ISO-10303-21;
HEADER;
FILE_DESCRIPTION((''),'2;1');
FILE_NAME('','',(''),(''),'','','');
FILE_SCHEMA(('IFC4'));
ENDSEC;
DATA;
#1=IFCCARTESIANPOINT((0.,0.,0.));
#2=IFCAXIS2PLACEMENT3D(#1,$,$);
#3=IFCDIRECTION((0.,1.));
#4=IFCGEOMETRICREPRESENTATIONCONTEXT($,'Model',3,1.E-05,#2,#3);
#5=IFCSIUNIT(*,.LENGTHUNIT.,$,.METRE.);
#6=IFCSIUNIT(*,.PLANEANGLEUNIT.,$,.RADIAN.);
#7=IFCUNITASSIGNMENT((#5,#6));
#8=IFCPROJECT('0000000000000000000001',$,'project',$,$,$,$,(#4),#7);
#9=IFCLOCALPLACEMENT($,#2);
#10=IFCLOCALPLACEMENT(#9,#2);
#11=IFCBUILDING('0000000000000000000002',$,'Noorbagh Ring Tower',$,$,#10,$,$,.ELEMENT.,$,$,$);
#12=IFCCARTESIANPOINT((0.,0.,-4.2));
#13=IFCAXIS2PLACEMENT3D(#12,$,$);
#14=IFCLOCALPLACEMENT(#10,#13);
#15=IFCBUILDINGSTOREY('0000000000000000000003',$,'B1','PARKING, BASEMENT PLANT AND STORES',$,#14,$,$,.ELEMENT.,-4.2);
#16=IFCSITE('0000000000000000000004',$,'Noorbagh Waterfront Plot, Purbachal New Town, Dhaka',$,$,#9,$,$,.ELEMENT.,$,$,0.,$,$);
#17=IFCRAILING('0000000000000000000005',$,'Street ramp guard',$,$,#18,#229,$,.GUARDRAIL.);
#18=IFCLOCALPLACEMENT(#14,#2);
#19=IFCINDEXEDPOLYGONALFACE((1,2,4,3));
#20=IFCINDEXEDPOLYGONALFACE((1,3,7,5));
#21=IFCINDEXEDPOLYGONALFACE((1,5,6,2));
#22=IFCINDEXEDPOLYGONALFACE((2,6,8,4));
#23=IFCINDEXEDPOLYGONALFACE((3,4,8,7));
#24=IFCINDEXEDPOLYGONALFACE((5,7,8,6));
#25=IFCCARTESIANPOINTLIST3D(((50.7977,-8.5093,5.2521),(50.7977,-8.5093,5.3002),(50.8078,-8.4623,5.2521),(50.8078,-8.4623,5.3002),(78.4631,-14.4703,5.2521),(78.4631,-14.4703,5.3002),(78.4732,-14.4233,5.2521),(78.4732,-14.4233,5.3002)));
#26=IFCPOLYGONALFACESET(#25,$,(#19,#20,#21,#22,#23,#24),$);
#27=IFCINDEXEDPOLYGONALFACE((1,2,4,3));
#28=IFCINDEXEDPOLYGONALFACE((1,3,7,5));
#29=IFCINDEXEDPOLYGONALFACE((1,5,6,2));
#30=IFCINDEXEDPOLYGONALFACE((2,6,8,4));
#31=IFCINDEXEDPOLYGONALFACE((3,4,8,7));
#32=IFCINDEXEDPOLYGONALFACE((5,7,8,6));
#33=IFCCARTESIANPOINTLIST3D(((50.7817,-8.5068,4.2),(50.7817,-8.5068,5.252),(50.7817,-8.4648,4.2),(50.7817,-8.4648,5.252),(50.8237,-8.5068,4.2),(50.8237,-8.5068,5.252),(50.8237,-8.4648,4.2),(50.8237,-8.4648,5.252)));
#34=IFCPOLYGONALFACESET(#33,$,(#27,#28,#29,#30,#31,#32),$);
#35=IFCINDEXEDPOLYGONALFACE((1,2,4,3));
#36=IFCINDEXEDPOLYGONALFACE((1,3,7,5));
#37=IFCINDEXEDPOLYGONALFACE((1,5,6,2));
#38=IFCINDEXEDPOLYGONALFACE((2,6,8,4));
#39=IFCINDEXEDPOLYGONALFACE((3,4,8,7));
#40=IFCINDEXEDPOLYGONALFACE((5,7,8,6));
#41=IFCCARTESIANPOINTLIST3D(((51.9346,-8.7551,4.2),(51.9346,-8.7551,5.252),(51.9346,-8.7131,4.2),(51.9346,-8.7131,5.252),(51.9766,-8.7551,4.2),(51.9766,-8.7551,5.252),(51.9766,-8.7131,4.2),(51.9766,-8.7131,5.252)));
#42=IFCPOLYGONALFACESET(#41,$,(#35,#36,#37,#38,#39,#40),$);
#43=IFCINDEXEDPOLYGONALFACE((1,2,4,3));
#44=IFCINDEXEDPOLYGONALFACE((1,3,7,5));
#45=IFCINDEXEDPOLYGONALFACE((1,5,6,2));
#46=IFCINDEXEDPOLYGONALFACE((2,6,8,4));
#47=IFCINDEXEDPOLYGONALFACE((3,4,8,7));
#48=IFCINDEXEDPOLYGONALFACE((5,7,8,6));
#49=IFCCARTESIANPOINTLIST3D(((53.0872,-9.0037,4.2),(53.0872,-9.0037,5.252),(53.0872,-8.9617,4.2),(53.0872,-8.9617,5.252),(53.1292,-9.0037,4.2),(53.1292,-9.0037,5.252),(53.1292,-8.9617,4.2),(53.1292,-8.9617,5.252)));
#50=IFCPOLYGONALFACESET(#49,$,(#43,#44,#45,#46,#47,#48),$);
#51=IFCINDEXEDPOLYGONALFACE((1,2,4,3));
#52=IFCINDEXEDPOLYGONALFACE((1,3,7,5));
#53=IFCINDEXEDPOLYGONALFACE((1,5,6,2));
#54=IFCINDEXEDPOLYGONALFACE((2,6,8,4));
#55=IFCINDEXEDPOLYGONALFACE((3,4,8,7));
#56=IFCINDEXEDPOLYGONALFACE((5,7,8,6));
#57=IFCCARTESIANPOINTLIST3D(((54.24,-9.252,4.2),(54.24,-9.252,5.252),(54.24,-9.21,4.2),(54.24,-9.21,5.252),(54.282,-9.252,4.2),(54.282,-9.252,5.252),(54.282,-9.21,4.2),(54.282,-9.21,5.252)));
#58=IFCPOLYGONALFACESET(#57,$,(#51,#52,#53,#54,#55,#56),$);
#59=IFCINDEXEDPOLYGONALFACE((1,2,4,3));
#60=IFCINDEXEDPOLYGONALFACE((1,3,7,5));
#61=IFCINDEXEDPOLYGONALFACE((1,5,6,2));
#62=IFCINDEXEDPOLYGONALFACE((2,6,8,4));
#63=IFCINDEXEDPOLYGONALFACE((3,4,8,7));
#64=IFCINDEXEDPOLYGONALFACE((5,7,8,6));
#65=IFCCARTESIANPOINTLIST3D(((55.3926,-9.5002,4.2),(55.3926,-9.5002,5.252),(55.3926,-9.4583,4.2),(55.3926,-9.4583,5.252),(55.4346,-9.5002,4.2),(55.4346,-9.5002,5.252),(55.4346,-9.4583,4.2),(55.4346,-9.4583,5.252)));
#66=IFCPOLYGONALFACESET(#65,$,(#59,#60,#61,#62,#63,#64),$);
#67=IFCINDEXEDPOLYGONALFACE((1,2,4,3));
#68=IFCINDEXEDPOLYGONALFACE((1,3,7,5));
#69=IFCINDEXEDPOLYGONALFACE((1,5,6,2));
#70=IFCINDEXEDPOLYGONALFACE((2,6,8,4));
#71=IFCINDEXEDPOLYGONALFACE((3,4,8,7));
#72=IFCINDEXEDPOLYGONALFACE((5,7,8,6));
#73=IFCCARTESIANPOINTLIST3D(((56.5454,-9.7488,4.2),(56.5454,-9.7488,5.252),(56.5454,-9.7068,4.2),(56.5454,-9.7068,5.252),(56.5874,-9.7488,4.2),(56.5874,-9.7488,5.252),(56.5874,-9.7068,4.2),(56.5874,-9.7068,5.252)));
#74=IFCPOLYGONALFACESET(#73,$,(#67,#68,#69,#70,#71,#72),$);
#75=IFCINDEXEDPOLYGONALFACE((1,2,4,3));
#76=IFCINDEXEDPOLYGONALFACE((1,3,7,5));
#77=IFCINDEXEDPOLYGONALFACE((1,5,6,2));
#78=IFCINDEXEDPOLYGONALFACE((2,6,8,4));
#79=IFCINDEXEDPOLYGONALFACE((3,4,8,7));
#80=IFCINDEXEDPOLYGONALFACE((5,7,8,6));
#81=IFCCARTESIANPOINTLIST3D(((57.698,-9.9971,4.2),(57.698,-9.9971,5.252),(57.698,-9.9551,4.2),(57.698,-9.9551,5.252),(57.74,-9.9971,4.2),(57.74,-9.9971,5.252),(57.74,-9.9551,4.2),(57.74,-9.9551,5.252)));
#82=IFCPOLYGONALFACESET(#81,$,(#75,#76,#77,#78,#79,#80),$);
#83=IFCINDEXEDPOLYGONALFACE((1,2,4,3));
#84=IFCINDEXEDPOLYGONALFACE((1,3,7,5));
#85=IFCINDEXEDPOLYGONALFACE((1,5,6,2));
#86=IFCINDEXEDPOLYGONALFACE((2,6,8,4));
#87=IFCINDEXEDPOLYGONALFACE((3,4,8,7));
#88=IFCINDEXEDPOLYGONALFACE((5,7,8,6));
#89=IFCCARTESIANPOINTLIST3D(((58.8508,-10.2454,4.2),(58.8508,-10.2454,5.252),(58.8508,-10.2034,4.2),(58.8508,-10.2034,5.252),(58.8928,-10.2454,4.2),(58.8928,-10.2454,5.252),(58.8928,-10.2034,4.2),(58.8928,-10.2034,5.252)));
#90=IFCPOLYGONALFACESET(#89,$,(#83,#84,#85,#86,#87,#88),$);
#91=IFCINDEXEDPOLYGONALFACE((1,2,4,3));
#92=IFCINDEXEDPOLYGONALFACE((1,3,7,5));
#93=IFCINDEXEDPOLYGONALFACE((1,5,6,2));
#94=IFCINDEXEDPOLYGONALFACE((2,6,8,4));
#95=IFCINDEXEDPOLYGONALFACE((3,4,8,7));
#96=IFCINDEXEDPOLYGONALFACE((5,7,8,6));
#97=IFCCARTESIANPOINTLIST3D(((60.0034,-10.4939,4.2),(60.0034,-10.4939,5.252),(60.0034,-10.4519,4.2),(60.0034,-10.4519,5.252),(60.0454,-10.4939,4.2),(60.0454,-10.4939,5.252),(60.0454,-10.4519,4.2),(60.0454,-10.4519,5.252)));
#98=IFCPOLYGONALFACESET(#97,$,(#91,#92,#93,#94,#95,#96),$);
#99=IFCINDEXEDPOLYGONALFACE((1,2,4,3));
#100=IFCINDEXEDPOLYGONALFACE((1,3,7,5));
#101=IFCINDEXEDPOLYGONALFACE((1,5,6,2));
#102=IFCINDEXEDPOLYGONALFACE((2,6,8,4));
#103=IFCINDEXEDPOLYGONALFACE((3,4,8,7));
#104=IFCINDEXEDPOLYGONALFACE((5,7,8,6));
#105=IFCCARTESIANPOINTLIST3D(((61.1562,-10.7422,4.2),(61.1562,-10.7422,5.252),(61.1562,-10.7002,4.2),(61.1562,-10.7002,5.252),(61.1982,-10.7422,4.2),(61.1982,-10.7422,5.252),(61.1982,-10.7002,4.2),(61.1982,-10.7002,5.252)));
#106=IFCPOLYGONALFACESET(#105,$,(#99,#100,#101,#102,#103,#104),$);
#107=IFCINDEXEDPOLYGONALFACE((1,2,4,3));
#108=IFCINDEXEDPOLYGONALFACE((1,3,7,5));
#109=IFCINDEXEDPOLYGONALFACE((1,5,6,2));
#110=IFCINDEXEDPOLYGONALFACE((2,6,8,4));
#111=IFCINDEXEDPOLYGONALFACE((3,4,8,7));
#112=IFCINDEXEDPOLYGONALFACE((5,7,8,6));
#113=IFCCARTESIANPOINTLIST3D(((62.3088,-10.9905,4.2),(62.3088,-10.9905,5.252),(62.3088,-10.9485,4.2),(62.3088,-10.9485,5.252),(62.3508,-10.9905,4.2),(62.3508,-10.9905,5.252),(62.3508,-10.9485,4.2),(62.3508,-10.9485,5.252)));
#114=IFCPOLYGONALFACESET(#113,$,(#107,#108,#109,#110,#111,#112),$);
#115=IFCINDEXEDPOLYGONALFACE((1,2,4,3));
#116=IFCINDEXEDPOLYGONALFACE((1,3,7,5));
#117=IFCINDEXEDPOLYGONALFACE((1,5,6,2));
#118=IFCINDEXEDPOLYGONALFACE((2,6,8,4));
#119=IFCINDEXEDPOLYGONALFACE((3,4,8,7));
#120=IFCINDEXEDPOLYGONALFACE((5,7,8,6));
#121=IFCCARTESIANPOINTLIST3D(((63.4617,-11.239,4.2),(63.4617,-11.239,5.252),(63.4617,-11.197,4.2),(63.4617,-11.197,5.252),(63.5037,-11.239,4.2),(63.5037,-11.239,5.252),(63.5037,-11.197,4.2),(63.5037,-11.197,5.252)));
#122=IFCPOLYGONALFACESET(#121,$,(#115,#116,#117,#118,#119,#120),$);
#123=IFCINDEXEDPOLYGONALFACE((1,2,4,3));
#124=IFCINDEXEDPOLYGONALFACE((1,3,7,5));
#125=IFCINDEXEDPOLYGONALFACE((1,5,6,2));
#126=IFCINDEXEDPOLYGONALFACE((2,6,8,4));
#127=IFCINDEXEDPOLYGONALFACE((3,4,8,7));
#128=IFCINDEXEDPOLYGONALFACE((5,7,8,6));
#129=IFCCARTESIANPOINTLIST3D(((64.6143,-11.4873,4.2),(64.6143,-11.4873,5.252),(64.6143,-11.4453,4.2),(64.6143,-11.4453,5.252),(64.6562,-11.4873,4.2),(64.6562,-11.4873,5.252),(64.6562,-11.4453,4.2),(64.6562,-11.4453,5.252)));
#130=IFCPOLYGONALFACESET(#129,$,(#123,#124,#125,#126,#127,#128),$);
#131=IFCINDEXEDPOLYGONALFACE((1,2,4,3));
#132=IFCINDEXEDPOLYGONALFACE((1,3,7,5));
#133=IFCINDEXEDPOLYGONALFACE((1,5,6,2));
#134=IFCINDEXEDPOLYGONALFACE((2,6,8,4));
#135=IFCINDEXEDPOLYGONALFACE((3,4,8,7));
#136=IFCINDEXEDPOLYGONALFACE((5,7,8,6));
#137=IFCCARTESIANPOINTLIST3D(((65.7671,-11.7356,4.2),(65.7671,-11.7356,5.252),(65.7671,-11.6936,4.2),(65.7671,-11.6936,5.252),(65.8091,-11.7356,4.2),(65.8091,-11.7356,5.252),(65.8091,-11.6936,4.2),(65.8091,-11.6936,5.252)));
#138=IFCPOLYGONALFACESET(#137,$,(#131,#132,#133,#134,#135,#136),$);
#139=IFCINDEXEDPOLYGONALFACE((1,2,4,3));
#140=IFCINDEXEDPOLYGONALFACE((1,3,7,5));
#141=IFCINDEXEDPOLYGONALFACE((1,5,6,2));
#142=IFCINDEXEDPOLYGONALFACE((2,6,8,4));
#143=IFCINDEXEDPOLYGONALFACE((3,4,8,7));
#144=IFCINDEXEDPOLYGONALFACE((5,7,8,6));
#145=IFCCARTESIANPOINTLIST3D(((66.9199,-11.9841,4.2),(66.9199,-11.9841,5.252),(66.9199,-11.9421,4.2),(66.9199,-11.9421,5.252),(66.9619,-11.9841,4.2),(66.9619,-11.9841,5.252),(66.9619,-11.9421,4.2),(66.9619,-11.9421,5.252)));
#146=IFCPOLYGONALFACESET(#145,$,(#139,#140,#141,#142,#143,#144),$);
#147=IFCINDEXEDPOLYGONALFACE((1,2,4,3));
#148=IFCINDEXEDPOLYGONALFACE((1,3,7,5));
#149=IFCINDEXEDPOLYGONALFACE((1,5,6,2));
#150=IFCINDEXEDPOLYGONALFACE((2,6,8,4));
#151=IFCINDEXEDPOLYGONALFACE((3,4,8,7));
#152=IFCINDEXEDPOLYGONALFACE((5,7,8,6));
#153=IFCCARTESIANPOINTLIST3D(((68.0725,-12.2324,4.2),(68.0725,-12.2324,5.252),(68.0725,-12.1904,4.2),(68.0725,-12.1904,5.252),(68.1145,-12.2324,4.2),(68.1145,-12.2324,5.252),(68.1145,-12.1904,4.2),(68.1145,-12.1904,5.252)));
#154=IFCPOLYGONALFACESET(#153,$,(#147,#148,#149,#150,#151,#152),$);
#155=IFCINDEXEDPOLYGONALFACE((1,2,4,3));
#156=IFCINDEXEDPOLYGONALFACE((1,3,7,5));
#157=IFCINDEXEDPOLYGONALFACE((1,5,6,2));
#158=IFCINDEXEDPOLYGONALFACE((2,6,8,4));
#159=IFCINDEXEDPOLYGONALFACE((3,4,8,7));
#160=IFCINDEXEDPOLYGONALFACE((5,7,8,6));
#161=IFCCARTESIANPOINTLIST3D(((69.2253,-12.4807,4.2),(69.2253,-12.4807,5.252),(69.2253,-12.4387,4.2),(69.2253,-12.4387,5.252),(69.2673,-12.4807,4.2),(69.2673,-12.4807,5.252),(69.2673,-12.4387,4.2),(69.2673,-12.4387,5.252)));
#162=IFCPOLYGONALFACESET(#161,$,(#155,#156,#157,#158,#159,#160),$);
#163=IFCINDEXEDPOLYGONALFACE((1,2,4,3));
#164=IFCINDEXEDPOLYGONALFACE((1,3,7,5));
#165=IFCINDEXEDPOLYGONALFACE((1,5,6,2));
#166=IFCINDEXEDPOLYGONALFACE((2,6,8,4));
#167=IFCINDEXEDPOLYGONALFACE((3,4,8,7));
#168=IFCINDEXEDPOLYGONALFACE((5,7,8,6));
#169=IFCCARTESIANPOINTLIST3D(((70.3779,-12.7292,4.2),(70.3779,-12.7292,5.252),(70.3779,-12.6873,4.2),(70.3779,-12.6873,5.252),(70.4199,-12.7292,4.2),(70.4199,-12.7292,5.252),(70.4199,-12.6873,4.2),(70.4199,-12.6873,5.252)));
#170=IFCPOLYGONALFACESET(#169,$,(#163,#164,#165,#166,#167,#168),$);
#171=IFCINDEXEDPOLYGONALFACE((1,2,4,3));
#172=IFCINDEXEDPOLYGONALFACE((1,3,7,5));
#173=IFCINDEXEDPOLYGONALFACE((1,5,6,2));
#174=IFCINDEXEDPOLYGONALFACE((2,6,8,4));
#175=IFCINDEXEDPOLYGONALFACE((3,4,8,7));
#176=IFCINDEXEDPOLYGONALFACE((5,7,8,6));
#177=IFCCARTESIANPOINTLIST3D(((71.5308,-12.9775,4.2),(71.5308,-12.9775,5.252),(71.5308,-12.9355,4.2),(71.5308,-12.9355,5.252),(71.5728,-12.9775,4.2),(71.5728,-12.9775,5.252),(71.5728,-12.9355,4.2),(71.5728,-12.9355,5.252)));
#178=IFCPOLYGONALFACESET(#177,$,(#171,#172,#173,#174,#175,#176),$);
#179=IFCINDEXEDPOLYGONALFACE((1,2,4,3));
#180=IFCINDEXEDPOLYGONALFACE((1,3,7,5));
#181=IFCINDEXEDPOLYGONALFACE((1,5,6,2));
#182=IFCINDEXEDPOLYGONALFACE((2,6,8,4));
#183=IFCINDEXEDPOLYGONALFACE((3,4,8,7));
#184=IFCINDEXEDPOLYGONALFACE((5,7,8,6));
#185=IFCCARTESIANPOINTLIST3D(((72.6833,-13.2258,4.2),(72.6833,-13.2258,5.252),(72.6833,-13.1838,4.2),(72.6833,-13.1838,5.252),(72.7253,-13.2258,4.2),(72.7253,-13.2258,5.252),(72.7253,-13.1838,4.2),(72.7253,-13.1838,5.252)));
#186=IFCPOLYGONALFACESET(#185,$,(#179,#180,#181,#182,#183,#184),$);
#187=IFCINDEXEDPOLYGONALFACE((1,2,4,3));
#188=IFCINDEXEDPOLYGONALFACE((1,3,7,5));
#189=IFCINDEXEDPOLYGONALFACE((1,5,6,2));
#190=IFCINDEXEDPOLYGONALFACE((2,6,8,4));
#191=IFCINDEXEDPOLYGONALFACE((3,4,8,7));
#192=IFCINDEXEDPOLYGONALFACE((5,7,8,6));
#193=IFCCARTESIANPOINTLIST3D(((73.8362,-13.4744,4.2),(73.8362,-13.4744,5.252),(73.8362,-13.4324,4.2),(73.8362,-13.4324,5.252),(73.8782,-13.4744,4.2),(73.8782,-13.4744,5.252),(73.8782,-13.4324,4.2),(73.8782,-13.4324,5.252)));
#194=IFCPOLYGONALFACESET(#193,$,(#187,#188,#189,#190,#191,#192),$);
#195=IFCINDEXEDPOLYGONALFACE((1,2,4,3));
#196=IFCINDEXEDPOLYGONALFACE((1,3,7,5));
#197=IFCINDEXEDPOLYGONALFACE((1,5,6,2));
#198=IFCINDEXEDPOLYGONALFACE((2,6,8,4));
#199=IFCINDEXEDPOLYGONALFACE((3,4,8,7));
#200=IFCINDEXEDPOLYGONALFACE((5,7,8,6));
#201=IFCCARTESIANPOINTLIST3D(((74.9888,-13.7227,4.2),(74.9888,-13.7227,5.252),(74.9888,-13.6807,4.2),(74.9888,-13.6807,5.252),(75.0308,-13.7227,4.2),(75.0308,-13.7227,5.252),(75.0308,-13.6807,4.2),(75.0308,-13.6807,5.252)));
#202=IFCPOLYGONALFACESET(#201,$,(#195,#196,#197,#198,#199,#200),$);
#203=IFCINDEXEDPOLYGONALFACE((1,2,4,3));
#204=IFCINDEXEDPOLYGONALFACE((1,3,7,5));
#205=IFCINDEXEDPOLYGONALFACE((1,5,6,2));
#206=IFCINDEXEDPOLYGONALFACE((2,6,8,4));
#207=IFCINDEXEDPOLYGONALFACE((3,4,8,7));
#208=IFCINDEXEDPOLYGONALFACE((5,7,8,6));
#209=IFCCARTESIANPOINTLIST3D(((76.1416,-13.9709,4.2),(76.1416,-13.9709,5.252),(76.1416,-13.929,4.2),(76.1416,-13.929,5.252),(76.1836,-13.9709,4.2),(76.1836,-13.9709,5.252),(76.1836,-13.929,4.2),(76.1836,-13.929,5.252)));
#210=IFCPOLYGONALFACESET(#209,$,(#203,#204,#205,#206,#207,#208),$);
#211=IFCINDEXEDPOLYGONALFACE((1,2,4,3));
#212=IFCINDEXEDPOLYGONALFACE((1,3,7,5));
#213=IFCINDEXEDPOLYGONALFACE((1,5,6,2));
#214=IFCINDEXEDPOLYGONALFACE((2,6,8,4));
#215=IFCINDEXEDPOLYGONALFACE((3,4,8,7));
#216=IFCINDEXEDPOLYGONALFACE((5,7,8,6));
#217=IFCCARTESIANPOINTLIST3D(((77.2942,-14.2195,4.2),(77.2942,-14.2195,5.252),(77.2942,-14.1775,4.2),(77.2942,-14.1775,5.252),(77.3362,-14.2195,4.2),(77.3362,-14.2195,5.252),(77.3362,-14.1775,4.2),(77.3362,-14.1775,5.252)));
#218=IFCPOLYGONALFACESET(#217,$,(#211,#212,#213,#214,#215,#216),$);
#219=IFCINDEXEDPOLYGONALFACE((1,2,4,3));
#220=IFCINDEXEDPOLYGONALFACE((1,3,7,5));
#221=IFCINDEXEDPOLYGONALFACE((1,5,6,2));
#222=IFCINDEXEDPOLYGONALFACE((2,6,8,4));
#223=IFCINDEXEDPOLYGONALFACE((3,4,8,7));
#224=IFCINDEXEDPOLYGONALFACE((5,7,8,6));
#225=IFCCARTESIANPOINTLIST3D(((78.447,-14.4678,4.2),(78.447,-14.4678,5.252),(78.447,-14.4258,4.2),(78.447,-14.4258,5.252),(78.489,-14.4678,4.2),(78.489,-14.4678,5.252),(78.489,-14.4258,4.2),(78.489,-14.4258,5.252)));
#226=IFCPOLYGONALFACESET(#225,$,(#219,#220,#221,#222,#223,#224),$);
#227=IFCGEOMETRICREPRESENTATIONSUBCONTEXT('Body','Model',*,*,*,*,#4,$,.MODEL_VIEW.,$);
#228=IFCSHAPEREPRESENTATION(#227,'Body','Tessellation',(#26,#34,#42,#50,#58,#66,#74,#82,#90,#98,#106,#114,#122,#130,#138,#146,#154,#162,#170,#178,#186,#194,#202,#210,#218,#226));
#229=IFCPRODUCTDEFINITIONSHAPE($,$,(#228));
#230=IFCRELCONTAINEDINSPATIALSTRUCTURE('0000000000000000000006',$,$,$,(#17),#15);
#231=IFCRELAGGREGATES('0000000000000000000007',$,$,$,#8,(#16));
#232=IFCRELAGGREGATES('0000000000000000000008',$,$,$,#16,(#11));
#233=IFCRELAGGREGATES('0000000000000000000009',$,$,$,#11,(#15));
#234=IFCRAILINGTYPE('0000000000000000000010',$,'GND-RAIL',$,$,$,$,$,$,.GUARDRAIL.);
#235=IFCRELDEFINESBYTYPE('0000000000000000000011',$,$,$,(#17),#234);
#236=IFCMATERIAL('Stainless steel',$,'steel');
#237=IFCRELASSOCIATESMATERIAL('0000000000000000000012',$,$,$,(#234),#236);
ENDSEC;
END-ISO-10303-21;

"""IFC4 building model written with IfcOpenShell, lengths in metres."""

from ifc_helpers import new_model, si_unit, direction, frame, origin, origin_2d, place, context, subcontext, project, spatial, rectangle, extrude, material, type_object, element, save


model = new_model("IFC4")

# Units and contexts
model_context = context("Model", 3, precision=1e-05, world=origin(), true_north=direction((0.0, 1.0)))
body_context = subcontext(model_context, "Body", "Model", "MODEL_VIEW")
ifc_project = project(units=[si_unit("LENGTHUNIT", "METRE"), si_unit("PLANEANGLEUNIT", "RADIAN")], contexts=[model_context])

# Site, building, storey
site_placement = place(None, origin())
site = spatial("IfcSite", under=ifc_project, at=site_placement, Name="Noorbagh Waterfront Plot, Purbachal New Town, Dhaka", CompositionType="ELEMENT", RefElevation=0.0)
building_placement = place(site_placement, origin())
building = spatial("IfcBuilding", under=site, at=building_placement, Name="Noorbagh Ring Tower", CompositionType="ELEMENT")
storey_placement = place(building_placement, frame((0.0, 0.0, -4.2)))
storey = spatial("IfcBuildingStorey", under=building, at=storey_placement, Name="B1", Description="PARKING, BASEMENT PLANT AND STORES", CompositionType="ELEMENT", Elevation=-4.2)

# Railing
ifc_material_1 = material(Name="Stainless steel", Category="steel")
railing_type_1 = type_object("IfcRailingType", Name="GND-RAIL", PredefinedType="GUARDRAIL", material=ifc_material_1)
railing_1_placement = place(storey_placement, frame((50.8027, -8.4858, 4.2)))
element("IfcRailing", 1, at=railing_1_placement, inside=storey, type_object=railing_type_1, Name="Street ramp guard", PredefinedType="GUARDRAIL", context=body_context, shape_type="SweptSolid", body=[
    extrude(rectangle(XDim=0.0481, YDim=0.0481, at=origin_2d()), frame((0.0, 0.0, 1.0762), z_axis=(0.977565, -0.210632, 0.0), x_axis=(0.210632, 0.977565, 0.0)), (0.0, 0.0, 1.0), 28.3003),
    extrude(rectangle(XDim=0.042, YDim=0.042, at=origin_2d()), origin(), (0.0, 0.0, 1.0), 1.052),
    extrude(rectangle(XDim=0.042, YDim=0.042, at=origin_2d()), frame((1.1528, -0.2483, 0.0)), (0.0, 0.0, 1.0), 1.052),
    extrude(rectangle(XDim=0.042, YDim=0.042, at=origin_2d()), frame((2.3054, -0.4968, 0.0)), (0.0, 0.0, 1.0), 1.052),
    extrude(rectangle(XDim=0.042, YDim=0.042, at=origin_2d()), frame((3.4583, -0.7451, 0.0)), (0.0, 0.0, 1.0), 1.052),
    extrude(rectangle(XDim=0.042, YDim=0.042, at=origin_2d()), frame((4.6108, -0.9934, 0.0)), (0.0, 0.0, 1.0), 1.052),
    extrude(rectangle(XDim=0.042, YDim=0.042, at=origin_2d()), frame((5.7637, -1.2419, 0.0)), (0.0, 0.0, 1.0), 1.052),
    extrude(rectangle(XDim=0.042, YDim=0.042, at=origin_2d()), frame((6.9163, -1.4902, 0.0)), (0.0, 0.0, 1.0), 1.052),
    extrude(rectangle(XDim=0.042, YDim=0.042, at=origin_2d()), frame((8.0691, -1.7385, 0.0)), (0.0, 0.0, 1.0), 1.052),
    extrude(rectangle(XDim=0.042, YDim=0.042, at=origin_2d()), frame((9.2217, -1.9871, 0.0)), (0.0, 0.0, 1.0), 1.052),
    extrude(rectangle(XDim=0.042, YDim=0.042, at=origin_2d()), frame((10.3745, -2.2354, 0.0)), (0.0, 0.0, 1.0), 1.052),
    extrude(rectangle(XDim=0.042, YDim=0.042, at=origin_2d()), frame((11.5271, -2.4836, 0.0)), (0.0, 0.0, 1.0), 1.052),
    extrude(rectangle(XDim=0.042, YDim=0.042, at=origin_2d()), frame((12.6799, -2.7322, 0.0)), (0.0, 0.0, 1.0), 1.052),
    extrude(rectangle(XDim=0.042, YDim=0.042, at=origin_2d()), frame((13.8325, -2.9805, 0.0)), (0.0, 0.0, 1.0), 1.052),
    extrude(rectangle(XDim=0.042, YDim=0.042, at=origin_2d()), frame((14.9854, -3.2288, 0.0)), (0.0, 0.0, 1.0), 1.052),
    extrude(rectangle(XDim=0.042, YDim=0.042, at=origin_2d()), frame((16.1382, -3.4773, 0.0)), (0.0, 0.0, 1.0), 1.052),
    extrude(rectangle(XDim=0.042, YDim=0.042, at=origin_2d()), frame((17.2908, -3.7256, 0.0)), (0.0, 0.0, 1.0), 1.052),
    extrude(rectangle(XDim=0.042, YDim=0.042, at=origin_2d()), frame((18.4436, -3.9739, 0.0)), (0.0, 0.0, 1.0), 1.052),
    extrude(rectangle(XDim=0.042, YDim=0.042, at=origin_2d()), frame((19.5962, -4.2224, 0.0)), (0.0, 0.0, 1.0), 1.052),
    extrude(rectangle(XDim=0.042, YDim=0.042, at=origin_2d()), frame((20.749, -4.4707, 0.0)), (0.0, 0.0, 1.0), 1.052),
    extrude(rectangle(XDim=0.042, YDim=0.042, at=origin_2d()), frame((21.9016, -4.719, 0.0)), (0.0, 0.0, 1.0), 1.052),
    extrude(rectangle(XDim=0.042, YDim=0.042, at=origin_2d()), frame((23.0544, -4.9675, 0.0)), (0.0, 0.0, 1.0), 1.052),
    extrude(rectangle(XDim=0.042, YDim=0.042, at=origin_2d()), frame((24.207, -5.2158, 0.0)), (0.0, 0.0, 1.0), 1.052),
    extrude(rectangle(XDim=0.042, YDim=0.042, at=origin_2d()), frame((25.3599, -5.4641, 0.0)), (0.0, 0.0, 1.0), 1.052),
    extrude(rectangle(XDim=0.042, YDim=0.042, at=origin_2d()), frame((26.5125, -5.7126, 0.0)), (0.0, 0.0, 1.0), 1.052),
    extrude(rectangle(XDim=0.042, YDim=0.042, at=origin_2d()), frame((27.6653, -5.9609, 0.0)), (0.0, 0.0, 1.0), 1.052),
])

save(model, "model.ifc")
